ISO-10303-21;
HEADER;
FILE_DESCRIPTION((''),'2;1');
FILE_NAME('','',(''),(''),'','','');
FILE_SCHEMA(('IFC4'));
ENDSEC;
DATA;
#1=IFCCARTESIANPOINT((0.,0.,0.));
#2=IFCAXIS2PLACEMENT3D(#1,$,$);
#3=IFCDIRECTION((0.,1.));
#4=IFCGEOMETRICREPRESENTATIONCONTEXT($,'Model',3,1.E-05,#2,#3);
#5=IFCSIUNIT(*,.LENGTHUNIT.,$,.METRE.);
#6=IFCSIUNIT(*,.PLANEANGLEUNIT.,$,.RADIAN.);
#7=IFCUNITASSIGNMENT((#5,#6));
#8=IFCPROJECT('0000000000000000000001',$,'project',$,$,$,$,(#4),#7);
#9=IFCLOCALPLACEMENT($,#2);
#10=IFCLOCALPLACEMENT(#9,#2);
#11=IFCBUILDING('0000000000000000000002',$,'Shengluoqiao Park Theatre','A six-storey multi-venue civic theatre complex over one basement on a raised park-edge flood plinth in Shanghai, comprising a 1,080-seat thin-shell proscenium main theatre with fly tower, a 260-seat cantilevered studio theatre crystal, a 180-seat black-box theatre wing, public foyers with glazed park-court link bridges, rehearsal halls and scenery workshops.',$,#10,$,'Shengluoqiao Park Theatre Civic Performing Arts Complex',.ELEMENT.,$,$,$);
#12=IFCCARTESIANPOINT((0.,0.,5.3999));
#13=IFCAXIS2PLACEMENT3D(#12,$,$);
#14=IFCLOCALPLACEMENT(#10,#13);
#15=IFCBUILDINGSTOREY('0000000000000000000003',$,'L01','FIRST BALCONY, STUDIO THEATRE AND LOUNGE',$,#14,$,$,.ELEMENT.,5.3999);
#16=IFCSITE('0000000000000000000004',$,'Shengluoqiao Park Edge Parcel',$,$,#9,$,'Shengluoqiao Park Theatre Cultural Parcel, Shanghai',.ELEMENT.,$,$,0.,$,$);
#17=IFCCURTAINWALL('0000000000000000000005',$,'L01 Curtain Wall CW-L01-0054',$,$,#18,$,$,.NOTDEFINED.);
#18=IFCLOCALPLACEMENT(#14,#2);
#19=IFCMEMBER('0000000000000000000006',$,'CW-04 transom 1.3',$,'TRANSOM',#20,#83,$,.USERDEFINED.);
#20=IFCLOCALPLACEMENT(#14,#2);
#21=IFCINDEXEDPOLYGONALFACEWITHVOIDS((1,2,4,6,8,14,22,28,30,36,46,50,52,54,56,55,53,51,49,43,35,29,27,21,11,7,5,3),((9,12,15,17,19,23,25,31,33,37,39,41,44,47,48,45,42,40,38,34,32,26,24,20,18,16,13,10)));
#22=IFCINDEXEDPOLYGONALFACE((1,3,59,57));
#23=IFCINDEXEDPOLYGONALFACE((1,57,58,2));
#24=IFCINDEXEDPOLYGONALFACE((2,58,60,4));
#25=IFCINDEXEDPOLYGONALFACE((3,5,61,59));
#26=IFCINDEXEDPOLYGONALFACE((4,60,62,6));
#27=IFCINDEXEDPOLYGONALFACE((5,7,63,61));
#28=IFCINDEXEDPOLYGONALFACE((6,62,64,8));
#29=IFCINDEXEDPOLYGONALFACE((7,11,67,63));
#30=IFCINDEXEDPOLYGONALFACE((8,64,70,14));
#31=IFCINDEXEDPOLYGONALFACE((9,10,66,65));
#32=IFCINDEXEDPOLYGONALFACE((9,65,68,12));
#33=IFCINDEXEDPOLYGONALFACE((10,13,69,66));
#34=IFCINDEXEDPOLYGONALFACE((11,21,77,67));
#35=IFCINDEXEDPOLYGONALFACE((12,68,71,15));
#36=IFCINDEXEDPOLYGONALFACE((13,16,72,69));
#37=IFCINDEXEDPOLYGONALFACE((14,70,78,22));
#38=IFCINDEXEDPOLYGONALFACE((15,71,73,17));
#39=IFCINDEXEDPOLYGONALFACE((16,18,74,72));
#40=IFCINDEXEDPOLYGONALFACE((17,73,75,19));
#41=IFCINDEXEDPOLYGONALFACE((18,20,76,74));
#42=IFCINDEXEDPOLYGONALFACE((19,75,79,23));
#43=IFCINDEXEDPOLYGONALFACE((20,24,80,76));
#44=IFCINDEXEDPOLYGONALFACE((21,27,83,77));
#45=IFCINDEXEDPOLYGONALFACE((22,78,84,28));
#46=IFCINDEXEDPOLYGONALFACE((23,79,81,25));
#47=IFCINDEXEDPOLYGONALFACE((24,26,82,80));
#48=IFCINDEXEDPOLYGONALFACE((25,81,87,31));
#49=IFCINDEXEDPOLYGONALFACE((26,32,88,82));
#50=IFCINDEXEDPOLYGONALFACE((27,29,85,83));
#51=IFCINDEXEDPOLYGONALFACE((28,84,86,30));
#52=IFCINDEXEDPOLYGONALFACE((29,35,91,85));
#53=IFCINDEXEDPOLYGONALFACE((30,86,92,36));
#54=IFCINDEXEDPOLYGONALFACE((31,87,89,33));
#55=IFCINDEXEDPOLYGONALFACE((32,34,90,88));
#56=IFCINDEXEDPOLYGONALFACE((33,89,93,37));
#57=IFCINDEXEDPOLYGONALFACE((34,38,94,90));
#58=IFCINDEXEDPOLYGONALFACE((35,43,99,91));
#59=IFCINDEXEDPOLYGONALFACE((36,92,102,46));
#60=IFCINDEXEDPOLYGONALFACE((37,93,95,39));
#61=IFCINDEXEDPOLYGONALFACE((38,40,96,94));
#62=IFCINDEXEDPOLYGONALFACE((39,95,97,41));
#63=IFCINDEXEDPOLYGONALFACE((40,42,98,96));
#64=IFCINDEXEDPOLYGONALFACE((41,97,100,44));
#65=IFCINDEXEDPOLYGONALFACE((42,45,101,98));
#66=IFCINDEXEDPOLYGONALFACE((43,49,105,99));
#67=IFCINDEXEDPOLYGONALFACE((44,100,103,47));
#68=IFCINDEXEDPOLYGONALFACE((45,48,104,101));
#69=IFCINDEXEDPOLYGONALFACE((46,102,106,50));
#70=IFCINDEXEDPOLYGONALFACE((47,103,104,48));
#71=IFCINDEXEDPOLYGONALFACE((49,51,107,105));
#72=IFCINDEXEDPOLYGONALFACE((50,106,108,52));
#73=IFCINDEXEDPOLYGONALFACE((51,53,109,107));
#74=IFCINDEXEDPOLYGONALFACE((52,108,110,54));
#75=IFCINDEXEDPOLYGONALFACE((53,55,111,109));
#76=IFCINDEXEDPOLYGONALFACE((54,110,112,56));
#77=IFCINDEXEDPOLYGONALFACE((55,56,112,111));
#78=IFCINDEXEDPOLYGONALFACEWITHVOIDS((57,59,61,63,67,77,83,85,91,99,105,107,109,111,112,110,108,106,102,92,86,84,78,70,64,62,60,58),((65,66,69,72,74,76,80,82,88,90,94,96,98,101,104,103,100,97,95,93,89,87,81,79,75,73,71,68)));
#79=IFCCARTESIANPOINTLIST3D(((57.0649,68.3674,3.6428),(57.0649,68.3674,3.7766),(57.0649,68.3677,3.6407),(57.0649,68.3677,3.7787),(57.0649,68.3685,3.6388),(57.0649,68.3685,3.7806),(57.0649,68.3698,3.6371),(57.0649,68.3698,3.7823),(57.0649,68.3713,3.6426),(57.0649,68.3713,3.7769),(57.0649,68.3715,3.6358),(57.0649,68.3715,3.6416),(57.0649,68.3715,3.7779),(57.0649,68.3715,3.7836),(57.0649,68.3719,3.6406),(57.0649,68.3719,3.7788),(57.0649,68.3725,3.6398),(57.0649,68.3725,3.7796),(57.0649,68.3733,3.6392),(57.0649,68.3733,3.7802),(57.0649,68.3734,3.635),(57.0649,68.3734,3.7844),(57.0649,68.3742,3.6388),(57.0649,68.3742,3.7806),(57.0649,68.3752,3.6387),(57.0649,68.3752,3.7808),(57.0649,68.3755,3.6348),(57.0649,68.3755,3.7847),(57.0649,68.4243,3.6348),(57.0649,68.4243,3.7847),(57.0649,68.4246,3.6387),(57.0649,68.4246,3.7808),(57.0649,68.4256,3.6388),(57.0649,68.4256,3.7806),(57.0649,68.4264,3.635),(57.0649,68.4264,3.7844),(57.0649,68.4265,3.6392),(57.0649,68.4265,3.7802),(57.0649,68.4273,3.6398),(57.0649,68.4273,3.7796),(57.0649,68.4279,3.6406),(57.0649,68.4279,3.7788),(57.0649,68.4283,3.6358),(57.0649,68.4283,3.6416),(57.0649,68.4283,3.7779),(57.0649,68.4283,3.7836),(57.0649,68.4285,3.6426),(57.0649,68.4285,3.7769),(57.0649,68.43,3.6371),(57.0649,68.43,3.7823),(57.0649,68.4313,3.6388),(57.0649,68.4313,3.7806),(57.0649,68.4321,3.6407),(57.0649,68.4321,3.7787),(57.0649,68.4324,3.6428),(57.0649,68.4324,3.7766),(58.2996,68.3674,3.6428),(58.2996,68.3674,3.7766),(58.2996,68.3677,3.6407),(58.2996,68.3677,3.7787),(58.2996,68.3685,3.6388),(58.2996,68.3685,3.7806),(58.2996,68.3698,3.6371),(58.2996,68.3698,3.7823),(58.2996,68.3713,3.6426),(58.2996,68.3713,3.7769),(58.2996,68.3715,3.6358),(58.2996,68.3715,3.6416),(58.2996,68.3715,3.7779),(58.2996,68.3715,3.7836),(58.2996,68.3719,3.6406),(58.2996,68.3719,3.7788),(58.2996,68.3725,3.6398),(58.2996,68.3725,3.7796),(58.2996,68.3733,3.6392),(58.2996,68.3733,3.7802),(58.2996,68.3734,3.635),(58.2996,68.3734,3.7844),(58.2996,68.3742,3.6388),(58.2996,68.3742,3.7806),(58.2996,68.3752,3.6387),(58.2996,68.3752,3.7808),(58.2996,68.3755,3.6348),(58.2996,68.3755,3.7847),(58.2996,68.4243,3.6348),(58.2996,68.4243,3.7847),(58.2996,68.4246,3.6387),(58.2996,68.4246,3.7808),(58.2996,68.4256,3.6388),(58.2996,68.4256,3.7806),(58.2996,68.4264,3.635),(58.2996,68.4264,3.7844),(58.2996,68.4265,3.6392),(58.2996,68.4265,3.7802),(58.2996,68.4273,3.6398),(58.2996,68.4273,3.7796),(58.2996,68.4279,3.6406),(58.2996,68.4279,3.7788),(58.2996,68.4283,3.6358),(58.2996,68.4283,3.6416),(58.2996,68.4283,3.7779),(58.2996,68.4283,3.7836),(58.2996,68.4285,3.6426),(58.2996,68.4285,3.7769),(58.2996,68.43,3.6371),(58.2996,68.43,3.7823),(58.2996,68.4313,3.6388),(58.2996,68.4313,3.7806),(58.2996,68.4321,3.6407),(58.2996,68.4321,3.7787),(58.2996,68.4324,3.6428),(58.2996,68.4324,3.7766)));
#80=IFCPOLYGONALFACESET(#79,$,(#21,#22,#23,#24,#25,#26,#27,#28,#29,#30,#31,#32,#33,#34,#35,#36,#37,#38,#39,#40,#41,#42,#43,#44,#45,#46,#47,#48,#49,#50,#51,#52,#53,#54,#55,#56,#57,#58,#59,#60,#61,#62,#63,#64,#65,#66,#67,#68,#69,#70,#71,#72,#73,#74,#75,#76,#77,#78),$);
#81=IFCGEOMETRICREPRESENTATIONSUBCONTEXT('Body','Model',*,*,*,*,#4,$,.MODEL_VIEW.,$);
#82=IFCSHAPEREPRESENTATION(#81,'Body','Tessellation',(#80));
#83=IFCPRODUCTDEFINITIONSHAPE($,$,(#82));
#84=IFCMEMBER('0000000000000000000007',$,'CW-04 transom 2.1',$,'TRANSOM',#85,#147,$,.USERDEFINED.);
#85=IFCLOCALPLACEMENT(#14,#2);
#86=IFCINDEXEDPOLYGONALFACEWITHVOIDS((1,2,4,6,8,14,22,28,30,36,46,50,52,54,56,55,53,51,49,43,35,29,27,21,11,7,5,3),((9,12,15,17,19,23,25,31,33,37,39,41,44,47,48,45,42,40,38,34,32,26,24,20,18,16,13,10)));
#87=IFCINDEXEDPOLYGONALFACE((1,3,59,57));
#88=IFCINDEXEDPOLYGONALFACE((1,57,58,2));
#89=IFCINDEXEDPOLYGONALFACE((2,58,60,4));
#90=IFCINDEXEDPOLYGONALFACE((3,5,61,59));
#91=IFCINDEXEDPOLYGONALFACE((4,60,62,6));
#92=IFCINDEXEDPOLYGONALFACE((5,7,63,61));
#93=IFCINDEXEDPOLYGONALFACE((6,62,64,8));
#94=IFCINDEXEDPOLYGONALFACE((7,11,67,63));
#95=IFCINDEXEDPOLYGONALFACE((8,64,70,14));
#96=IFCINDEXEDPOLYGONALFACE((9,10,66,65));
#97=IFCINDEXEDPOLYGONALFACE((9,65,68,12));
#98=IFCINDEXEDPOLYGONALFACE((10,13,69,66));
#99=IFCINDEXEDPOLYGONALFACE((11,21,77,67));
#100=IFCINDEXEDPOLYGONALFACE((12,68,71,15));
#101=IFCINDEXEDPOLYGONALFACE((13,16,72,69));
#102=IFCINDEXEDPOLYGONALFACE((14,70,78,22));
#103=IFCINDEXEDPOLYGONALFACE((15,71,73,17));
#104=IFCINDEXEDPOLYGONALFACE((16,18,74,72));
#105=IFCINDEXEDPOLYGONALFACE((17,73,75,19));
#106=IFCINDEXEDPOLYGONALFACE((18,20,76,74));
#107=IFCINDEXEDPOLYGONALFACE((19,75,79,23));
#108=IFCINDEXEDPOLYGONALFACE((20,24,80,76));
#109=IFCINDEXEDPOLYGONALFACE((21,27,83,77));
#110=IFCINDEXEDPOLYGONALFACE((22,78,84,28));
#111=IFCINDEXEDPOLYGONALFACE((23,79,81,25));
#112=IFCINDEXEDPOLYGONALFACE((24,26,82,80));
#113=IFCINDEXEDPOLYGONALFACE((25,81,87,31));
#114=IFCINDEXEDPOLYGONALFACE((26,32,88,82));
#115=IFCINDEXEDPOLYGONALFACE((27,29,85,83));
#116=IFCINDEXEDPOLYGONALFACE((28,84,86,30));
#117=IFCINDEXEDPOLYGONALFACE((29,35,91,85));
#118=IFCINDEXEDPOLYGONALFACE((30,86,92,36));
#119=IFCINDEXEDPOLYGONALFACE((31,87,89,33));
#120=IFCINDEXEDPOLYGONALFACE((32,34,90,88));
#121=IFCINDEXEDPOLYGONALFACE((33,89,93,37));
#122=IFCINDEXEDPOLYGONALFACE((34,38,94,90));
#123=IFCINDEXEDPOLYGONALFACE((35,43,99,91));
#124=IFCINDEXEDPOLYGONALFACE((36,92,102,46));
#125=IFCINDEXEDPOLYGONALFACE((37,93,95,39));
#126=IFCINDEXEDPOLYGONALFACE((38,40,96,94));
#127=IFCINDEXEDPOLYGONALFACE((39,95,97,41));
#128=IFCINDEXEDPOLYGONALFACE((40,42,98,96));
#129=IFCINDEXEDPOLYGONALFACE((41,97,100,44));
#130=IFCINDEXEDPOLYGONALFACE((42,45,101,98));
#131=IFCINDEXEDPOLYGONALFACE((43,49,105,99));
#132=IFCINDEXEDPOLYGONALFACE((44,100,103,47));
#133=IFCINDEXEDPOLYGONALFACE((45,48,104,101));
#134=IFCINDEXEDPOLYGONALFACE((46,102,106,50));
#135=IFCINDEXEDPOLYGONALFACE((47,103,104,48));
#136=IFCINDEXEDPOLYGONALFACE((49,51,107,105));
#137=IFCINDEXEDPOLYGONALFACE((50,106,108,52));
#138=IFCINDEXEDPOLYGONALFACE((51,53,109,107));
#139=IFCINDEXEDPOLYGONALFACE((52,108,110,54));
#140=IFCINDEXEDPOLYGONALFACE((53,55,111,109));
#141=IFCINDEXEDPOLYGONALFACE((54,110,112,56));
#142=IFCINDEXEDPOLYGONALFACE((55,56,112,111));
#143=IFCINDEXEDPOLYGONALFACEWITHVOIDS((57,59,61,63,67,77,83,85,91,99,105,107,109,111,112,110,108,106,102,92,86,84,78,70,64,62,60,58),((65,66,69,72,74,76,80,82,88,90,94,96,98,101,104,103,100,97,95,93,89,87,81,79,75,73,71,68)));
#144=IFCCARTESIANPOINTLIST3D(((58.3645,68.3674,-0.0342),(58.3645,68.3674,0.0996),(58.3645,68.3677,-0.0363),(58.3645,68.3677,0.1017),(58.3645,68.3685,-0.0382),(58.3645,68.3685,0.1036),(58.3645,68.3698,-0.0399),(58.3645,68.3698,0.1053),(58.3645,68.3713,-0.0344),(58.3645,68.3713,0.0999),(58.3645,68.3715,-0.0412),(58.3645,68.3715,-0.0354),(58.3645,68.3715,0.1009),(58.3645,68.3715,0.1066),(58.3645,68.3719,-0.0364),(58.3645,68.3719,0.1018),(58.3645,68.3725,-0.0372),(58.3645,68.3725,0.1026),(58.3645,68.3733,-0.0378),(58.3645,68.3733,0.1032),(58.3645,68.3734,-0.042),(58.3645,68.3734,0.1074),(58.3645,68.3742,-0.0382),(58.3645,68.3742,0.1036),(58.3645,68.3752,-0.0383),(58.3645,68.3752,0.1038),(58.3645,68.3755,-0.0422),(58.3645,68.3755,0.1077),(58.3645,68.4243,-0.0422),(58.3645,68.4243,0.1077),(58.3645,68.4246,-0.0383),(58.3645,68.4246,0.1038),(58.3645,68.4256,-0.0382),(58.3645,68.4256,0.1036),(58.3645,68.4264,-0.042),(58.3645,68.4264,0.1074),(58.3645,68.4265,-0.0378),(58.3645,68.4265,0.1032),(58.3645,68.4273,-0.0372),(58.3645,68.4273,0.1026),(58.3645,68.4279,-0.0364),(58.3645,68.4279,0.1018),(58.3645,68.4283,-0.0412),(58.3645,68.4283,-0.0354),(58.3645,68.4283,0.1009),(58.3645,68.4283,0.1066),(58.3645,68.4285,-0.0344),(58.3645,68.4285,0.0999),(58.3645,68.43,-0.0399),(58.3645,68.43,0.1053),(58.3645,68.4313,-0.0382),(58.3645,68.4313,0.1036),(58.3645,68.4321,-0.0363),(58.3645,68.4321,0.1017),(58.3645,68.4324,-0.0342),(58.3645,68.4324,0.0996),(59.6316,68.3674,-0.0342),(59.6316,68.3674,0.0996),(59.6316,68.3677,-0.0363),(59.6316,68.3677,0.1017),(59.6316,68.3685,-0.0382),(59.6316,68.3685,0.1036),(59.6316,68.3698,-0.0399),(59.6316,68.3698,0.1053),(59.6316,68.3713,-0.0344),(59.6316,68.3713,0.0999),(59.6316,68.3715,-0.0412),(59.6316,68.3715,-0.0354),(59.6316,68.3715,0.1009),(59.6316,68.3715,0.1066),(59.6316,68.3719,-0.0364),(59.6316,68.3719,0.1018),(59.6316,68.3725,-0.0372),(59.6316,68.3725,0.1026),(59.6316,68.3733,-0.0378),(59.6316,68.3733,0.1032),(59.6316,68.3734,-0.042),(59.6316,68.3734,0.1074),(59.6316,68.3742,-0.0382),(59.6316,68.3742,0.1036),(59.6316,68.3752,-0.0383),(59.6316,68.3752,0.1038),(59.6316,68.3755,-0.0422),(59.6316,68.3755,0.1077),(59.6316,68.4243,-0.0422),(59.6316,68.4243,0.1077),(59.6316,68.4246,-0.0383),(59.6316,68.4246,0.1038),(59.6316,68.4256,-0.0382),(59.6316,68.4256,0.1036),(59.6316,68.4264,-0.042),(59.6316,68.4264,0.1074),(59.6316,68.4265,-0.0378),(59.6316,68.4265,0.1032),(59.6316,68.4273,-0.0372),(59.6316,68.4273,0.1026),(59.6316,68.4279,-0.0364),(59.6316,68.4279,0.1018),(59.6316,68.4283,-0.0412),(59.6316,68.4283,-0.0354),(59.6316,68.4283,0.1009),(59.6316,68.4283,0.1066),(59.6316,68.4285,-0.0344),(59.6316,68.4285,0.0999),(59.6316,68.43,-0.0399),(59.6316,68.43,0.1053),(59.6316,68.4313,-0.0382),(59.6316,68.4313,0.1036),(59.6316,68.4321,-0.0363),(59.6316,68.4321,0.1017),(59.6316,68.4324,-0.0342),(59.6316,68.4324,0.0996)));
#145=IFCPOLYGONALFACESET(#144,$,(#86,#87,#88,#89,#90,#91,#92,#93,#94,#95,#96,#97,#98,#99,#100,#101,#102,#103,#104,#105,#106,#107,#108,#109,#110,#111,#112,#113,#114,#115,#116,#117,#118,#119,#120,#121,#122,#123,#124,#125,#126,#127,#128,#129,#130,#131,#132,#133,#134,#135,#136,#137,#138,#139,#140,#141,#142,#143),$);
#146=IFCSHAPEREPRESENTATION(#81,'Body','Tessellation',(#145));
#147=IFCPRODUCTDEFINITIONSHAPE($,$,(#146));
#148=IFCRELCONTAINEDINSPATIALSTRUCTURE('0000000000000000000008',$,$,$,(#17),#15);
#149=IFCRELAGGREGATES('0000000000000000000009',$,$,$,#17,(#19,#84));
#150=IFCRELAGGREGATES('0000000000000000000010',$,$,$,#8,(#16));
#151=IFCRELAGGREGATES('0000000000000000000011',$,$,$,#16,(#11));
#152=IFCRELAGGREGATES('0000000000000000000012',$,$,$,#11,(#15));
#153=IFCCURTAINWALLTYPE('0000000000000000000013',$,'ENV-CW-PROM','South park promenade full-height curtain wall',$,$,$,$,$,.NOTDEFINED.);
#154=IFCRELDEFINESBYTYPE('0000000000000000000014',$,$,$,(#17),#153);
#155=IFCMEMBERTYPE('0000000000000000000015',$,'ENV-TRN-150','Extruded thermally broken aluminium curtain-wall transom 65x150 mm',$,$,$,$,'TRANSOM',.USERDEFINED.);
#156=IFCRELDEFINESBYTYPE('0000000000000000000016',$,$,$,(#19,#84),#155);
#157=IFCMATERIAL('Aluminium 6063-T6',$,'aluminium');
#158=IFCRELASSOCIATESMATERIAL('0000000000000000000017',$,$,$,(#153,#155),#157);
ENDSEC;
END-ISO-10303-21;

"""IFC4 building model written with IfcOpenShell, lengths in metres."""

from ifc_helpers import new_model, si_unit, direction, frame, origin, origin_2d, place, context, subcontext, project, spatial, hollow_rectangle, extrude, material, material_profile, profile_set, type_object, element, aggregate, save


model = new_model("IFC4")

# Units and contexts
model_context = context("Model", 3, precision=1e-05, world=origin(), true_north=direction((0.0, 1.0)))
body_context = subcontext(model_context, "Body", "Model", "MODEL_VIEW")
ifc_project = project(units=[si_unit("LENGTHUNIT", "METRE"), si_unit("PLANEANGLEUNIT", "RADIAN")], contexts=[model_context])

# Site, building, storey
site_placement = place(None, origin())
site = spatial("IfcSite", under=ifc_project, at=site_placement, Name="Shengluoqiao Park Edge Parcel", LongName="Shengluoqiao Park Theatre Cultural Parcel, Shanghai", CompositionType="ELEMENT", RefElevation=0.0)
building_placement = place(site_placement, origin())
building = spatial("IfcBuilding", under=site, at=building_placement, Name="Shengluoqiao Park Theatre", Description="A six-storey multi-venue civic theatre complex over one basement on a raised park-edge flood plinth in Shanghai, comprising a 1,080-seat thin-shell proscenium main theatre with fly tower, a 260-seat cantilevered studio theatre crystal, a 180-seat black-box theatre wing, public foyers with glazed park-court link bridges, rehearsal halls and scenery workshops.", LongName="Shengluoqiao Park Theatre Civic Performing Arts Complex", CompositionType="ELEMENT")
storey_placement = place(building_placement, frame((0.0, 0.0, 5.3999)))
storey = spatial("IfcBuildingStorey", under=building, at=storey_placement, Name="L01", Description="FIRST BALCONY, STUDIO THEATRE AND LOUNGE", CompositionType="ELEMENT", Elevation=5.3999)

# Curtain wall
ifc_material_1 = material(Name="Aluminium 6063-T6", Category="aluminium")
curtain_wall_type = type_object("IfcCurtainWallType", Name="ENV-CW-PROM", Description="South park promenade full-height curtain wall", PredefinedType="NOTDEFINED", material=ifc_material_1)
curtain_wall_1_placement = place(storey_placement, origin())
curtain_wall_1 = element("IfcCurtainWall", 1, at=curtain_wall_1_placement, inside=storey, type_object=curtain_wall_type, Name="L01 Curtain Wall CW-L01-0054", PredefinedType="NOTDEFINED")

# Members
ifc_material_profile_1 = material_profile(ifc_material_1, hollow_rectangle(XDim=0.0649, YDim=0.1499, WallThickness=0.0039, InnerFilletRadius=0.0039, OuterFilletRadius=0.0081, at=origin_2d()), Name="ALU TRANSOM 150x65x4")
ifc_profile_set_1 = profile_set([ifc_material_profile_1], Name="Aluminium 6063-T6")
member_type_1 = type_object("IfcMemberType", Name="ENV-TRN-150", Description="Extruded thermally broken aluminium curtain-wall transom 65x150 mm", ElementType="TRANSOM", PredefinedType="USERDEFINED", material=ifc_profile_set_1)
member_1_placement = place(storey_placement, frame((57.0649, 68.3999, 3.7097), z_axis=(1.0, 0.0, 0.0), x_axis=(0.0, 1.0, 0.0)))
member_1 = element("IfcMember", 2, at=member_1_placement, type_object=member_type_1, Name="CW-04 transom 1.3", ObjectType="TRANSOM", PredefinedType="USERDEFINED", context=body_context, shape_type="SweptSolid", body=[
    extrude(hollow_rectangle(XDim=0.0649, YDim=0.1499, WallThickness=0.0039, InnerFilletRadius=0.0039, OuterFilletRadius=0.0081, at=origin_2d()), origin(), (0.0, 0.0, 1.0), 1.2346),
])
member_2_placement = place(storey_placement, frame((58.3645, 68.3999, 0.0327), z_axis=(1.0, 0.0, 0.0), x_axis=(0.0, 1.0, 0.0)))
member_2 = element("IfcMember", 3, at=member_2_placement, type_object=member_type_1, Name="CW-04 transom 2.1", ObjectType="TRANSOM", PredefinedType="USERDEFINED", context=body_context, shape_type="SweptSolid", body=[
    extrude(hollow_rectangle(XDim=0.0649, YDim=0.1499, WallThickness=0.0039, InnerFilletRadius=0.0039, OuterFilletRadius=0.0081, at=origin_2d()), origin(), (0.0, 0.0, 1.0), 1.2671),
])

aggregate(curtain_wall_1, [member_1, member_2])

save(model, "model.ifc")
